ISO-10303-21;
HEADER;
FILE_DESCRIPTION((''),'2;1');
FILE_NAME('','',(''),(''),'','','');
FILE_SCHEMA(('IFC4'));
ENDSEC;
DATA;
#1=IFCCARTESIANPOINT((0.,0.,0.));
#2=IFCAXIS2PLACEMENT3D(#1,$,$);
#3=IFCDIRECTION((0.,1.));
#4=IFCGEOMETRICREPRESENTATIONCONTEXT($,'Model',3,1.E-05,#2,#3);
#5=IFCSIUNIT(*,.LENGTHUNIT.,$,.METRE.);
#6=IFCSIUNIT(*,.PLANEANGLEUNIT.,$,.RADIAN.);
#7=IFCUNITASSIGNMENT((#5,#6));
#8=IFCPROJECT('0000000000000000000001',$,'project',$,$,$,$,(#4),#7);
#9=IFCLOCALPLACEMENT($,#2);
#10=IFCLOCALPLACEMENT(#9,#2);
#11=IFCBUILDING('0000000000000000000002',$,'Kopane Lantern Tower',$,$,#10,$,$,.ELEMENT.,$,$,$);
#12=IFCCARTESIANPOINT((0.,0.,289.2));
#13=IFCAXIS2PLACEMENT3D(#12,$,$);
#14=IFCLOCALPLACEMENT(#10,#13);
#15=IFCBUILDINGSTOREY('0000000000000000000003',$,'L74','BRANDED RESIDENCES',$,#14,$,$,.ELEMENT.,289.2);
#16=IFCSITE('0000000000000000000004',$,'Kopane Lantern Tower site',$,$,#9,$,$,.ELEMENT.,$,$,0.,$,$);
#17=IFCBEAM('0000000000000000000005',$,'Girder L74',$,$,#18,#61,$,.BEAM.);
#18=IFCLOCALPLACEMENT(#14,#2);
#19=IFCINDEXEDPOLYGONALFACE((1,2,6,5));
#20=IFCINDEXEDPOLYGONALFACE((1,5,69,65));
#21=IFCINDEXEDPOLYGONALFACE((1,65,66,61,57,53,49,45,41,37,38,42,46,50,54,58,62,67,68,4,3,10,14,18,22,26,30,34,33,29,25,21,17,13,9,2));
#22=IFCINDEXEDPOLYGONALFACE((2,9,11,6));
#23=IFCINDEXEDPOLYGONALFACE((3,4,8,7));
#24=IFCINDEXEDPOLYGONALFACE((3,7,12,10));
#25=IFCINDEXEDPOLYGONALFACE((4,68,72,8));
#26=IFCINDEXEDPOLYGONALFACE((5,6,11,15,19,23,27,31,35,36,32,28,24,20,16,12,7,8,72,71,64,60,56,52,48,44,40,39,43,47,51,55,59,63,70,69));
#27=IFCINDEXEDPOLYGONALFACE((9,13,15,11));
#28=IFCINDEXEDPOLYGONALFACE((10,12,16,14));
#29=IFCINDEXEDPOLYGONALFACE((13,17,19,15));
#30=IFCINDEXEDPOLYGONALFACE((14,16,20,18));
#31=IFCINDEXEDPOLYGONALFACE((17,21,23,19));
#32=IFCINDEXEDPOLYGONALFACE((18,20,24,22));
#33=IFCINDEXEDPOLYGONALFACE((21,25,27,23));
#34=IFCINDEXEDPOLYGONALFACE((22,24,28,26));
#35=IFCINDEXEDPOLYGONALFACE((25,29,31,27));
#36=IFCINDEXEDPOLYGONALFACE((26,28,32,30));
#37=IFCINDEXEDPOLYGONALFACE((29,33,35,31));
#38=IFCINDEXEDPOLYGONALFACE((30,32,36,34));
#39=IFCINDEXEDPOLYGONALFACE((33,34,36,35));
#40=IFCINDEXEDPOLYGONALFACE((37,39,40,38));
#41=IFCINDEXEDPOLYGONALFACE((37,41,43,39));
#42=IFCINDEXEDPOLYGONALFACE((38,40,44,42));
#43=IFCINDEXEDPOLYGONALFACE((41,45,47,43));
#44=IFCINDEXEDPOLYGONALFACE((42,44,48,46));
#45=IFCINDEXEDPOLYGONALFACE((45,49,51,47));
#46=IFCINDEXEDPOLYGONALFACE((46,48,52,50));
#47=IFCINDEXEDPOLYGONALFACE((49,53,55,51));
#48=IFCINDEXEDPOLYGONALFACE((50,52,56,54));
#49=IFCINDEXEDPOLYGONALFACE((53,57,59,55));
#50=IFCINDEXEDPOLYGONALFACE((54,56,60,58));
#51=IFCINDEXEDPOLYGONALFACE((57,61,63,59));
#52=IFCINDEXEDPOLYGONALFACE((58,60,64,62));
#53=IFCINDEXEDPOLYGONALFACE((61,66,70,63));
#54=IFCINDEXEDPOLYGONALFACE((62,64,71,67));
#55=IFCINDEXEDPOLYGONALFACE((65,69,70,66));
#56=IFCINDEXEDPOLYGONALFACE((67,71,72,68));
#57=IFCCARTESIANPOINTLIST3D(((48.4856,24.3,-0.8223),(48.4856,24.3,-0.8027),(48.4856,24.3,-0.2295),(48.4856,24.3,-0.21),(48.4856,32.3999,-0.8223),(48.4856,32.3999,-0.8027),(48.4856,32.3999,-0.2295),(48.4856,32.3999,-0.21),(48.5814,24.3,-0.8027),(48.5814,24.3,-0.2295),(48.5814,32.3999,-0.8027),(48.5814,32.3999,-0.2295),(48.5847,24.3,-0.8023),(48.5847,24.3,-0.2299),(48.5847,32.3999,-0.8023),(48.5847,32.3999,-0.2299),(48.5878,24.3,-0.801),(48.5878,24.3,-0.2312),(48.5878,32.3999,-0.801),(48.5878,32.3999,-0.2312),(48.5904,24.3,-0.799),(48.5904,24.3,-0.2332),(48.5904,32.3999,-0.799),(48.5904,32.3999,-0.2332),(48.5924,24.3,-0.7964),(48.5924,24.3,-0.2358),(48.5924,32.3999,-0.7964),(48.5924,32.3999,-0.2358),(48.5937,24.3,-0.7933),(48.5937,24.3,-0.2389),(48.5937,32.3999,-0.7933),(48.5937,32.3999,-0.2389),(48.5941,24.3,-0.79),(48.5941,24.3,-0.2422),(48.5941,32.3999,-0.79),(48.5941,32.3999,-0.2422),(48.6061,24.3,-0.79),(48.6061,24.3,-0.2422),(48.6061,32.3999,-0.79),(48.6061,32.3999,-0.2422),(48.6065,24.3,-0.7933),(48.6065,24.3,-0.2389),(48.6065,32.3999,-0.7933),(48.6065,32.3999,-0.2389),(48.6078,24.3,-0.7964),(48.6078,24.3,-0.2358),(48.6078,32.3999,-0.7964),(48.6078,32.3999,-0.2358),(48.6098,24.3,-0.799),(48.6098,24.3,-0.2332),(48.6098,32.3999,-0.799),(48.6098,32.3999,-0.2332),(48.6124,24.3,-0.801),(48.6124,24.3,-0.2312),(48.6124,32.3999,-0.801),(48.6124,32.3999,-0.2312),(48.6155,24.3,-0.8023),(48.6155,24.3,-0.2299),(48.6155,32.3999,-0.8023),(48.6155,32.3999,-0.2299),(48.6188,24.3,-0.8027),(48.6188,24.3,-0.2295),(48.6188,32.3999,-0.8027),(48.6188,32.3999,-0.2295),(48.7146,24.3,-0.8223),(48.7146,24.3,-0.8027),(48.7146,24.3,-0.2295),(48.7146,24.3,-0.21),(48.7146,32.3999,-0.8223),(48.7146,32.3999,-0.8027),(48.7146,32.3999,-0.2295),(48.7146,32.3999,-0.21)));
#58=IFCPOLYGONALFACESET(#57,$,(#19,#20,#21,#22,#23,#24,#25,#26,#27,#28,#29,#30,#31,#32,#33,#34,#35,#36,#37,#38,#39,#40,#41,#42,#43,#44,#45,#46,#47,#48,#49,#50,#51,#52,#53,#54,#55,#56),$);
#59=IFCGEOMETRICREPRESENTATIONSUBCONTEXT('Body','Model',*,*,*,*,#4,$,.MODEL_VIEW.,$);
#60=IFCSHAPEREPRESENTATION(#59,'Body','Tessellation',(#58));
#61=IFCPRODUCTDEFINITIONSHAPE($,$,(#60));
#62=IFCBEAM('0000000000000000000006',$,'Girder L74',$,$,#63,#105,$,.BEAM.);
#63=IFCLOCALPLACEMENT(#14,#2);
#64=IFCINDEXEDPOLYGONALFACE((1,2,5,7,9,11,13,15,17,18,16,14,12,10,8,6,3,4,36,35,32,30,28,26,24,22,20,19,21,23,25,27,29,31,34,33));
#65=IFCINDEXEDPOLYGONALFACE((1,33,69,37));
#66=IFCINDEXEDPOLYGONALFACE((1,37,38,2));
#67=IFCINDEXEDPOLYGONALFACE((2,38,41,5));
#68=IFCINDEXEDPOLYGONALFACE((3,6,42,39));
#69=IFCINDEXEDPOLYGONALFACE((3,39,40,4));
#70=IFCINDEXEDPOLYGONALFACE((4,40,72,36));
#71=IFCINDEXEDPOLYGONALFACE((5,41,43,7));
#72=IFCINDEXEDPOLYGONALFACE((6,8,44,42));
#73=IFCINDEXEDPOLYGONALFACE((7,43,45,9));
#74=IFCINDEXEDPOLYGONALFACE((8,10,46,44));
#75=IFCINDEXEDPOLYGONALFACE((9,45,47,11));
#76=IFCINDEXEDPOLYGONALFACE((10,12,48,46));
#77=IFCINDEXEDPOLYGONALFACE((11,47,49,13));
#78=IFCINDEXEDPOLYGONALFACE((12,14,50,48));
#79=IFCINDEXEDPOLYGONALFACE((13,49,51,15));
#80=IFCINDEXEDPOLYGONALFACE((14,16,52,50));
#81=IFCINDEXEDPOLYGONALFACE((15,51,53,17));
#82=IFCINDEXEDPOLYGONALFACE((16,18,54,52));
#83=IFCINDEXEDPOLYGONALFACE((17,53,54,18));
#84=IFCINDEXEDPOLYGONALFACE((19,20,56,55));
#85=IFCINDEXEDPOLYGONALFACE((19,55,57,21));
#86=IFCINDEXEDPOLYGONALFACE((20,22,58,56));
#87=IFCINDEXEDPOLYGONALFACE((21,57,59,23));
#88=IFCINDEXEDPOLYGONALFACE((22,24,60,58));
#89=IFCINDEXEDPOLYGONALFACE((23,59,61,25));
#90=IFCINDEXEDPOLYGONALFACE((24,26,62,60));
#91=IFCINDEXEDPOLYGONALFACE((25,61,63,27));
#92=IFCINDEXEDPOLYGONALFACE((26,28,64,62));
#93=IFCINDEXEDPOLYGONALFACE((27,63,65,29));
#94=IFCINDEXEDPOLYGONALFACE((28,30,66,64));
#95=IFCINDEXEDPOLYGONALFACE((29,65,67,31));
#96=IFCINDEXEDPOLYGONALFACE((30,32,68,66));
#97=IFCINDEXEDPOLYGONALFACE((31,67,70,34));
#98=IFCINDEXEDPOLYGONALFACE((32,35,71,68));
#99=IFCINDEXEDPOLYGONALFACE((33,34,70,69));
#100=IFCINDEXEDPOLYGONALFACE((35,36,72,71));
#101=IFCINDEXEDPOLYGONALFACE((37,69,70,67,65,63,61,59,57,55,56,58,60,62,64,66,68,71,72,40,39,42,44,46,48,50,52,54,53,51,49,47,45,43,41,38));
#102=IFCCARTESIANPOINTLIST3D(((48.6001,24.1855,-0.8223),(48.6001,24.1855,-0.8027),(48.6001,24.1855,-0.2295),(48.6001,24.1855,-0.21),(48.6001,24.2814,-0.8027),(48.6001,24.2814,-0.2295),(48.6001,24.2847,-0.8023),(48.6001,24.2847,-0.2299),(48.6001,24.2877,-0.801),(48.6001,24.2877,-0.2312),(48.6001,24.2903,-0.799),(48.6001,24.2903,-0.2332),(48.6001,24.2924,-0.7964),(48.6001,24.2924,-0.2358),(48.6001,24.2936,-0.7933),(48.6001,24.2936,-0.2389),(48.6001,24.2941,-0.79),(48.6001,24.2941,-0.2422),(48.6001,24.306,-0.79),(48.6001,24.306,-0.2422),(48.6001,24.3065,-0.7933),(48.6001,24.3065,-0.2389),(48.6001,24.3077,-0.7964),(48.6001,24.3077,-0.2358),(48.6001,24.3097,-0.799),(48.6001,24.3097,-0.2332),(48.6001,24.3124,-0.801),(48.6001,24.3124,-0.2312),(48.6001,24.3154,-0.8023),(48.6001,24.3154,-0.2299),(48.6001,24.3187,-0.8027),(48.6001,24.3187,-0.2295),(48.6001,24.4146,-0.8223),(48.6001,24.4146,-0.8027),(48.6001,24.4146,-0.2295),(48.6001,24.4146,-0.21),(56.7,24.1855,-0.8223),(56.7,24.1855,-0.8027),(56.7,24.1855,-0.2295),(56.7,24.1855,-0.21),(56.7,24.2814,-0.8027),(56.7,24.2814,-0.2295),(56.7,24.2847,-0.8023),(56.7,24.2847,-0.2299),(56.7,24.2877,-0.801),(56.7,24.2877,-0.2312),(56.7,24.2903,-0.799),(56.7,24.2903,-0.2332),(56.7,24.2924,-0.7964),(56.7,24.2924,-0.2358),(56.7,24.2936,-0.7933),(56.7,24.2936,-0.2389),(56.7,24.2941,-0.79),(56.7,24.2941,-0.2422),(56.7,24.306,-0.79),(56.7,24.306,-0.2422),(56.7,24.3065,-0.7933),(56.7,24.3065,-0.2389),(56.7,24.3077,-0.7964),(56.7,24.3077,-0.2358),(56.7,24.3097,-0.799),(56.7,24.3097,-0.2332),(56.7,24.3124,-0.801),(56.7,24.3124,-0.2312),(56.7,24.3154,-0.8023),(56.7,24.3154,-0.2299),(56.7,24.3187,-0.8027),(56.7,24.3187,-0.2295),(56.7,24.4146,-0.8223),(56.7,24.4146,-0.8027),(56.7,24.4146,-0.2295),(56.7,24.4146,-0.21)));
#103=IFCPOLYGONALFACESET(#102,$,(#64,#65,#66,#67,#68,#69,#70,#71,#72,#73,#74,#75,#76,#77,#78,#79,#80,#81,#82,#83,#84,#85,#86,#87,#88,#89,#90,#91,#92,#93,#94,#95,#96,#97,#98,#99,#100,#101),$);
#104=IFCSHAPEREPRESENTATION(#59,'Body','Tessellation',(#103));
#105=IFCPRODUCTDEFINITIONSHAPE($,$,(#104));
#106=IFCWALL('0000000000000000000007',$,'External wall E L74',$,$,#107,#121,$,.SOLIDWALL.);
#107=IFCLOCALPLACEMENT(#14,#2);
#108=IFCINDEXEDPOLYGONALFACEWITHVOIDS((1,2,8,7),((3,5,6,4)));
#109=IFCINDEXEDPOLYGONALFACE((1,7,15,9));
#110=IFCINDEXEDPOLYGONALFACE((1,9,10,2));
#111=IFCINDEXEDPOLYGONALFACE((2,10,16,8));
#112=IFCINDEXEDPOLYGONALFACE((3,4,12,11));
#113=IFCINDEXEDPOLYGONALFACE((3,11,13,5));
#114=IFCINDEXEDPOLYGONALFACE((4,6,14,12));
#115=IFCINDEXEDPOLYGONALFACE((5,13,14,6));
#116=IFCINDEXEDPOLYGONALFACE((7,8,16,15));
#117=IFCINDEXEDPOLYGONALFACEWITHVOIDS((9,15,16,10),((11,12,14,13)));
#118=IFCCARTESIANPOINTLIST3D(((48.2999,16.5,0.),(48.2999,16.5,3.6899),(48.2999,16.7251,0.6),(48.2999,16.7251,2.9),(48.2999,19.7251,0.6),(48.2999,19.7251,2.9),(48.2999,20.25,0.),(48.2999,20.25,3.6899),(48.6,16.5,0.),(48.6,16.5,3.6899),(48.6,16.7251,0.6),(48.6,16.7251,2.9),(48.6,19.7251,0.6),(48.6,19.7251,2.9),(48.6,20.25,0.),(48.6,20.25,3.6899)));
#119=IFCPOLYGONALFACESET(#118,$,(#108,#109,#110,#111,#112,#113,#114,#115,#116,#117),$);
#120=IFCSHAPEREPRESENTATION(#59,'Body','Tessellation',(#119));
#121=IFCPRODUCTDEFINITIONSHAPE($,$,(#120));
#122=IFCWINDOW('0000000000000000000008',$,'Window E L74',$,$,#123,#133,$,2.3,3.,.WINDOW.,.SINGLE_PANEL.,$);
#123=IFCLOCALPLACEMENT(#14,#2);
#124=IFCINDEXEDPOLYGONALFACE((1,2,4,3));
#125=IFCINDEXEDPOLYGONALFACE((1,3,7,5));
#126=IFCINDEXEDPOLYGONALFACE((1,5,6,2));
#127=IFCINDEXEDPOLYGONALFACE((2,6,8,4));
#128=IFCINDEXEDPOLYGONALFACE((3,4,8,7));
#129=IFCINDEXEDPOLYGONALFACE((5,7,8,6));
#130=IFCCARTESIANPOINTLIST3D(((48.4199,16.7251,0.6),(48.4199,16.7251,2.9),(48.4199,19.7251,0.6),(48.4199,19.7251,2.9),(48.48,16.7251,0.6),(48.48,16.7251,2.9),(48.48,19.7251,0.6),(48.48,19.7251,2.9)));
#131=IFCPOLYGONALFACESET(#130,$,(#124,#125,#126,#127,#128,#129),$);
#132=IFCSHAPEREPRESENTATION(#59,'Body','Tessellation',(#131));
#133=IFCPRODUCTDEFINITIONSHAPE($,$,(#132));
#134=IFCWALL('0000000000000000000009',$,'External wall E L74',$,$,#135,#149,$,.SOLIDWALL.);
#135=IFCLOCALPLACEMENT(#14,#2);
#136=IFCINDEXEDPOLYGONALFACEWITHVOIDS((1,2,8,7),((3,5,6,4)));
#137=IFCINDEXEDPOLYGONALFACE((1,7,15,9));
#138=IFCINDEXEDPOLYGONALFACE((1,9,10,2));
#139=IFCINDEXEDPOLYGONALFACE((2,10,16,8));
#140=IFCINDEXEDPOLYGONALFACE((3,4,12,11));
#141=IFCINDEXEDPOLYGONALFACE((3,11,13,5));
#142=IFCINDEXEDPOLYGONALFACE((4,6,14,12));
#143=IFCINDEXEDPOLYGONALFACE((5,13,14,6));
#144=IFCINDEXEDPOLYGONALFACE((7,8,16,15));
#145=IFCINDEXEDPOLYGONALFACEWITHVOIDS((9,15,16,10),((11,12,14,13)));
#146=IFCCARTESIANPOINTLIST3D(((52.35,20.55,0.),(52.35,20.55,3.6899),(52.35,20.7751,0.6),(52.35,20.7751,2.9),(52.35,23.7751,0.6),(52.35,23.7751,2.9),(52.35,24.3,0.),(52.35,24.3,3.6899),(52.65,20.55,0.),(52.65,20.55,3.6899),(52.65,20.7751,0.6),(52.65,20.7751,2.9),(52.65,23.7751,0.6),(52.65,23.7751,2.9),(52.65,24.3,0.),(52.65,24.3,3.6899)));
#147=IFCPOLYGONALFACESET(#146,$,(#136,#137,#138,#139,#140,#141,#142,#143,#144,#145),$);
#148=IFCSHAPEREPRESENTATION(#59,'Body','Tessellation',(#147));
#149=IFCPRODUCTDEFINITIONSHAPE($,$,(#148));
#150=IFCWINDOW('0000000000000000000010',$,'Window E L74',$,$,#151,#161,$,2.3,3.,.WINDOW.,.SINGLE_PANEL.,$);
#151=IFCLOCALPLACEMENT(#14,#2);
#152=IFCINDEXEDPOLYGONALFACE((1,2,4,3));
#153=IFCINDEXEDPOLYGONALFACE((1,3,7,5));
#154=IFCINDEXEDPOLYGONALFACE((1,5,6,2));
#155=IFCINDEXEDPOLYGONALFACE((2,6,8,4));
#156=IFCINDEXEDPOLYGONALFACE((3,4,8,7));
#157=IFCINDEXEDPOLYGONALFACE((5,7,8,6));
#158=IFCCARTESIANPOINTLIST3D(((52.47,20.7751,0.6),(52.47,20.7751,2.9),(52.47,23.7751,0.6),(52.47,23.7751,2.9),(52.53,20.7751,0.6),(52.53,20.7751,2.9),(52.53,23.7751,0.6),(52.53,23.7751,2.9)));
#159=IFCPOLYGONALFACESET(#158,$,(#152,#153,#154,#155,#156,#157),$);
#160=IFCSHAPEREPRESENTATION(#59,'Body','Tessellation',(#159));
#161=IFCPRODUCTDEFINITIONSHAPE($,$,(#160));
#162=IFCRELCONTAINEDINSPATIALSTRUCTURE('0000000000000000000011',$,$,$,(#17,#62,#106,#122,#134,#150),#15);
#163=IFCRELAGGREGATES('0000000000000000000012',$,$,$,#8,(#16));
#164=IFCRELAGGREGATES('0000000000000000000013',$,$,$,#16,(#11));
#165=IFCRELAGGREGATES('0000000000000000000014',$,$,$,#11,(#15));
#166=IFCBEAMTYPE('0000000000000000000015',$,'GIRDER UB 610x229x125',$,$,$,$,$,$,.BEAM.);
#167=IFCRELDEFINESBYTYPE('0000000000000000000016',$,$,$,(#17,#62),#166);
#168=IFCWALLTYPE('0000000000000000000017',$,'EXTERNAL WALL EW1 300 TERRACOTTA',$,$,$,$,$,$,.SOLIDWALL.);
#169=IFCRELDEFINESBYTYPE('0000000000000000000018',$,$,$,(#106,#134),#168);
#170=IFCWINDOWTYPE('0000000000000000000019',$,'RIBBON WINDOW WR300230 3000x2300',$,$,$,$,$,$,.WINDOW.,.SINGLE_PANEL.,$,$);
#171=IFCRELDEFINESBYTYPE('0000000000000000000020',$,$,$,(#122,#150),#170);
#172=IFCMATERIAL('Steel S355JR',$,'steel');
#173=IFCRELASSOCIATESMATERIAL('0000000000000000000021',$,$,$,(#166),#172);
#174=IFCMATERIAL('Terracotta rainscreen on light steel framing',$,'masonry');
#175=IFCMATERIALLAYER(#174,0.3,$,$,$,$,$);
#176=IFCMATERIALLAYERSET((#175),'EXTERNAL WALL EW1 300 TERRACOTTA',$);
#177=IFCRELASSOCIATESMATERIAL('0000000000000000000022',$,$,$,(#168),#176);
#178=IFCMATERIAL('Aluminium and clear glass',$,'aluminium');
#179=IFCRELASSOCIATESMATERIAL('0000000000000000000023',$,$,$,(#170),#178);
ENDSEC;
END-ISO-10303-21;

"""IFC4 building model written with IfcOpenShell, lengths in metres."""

from ifc_helpers import new_model, si_unit, direction, frame, frame_2d, origin, origin_2d, place, context, subcontext, project, spatial, rectangle, i_section, extrude, material, layer, layer_set, material_profile, profile_set, type_object, element, fill, save


model = new_model("IFC4")

# Units and contexts
model_context = context("Model", 3, precision=1e-05, world=origin(), true_north=direction((0.0, 1.0)))
body_context = subcontext(model_context, "Body", "Model", "MODEL_VIEW")
ifc_project = project(units=[si_unit("LENGTHUNIT", "METRE"), si_unit("PLANEANGLEUNIT", "RADIAN")], contexts=[model_context])

# Site, building, storey
site_placement = place(None, origin())
site = spatial("IfcSite", under=ifc_project, at=site_placement, Name="Kopane Lantern Tower site", CompositionType="ELEMENT", RefElevation=0.0)
building_placement = place(site_placement, origin())
building = spatial("IfcBuilding", under=site, at=building_placement, Name="Kopane Lantern Tower", CompositionType="ELEMENT")
storey_placement = place(building_placement, frame((0.0, 0.0, 289.2)))
storey = spatial("IfcBuildingStorey", under=building, at=storey_placement, Name="L74", Description="BRANDED RESIDENCES", CompositionType="ELEMENT", Elevation=289.2)

# Beams
ifc_material_1 = material(Name="Steel S355JR", Category="steel")
ifc_material_profile_1 = material_profile(ifc_material_1, i_section(OverallWidth=0.229, OverallDepth=0.6123, WebThickness=0.012, FlangeThickness=0.0195, FilletRadius=0.0127, at=origin_2d()), Name="UB 610x229x125")
ifc_profile_set_1 = profile_set([ifc_material_profile_1], Name="Steel S355JR")
beam_type_1 = type_object("IfcBeamType", Name="GIRDER UB 610x229x125", PredefinedType="BEAM", material=ifc_profile_set_1)
for number, where, z_axis, x_axis, name in (
    (1, (48.6001, 24.3, -0.5161), (0.0, 1.0, 0.0), (-1.0, 0.0, 0.0), "Girder L74"),
    (2, (48.6001, 24.3, -0.5161), (1.0, 0.0, 0.0), (0.0, 1.0, 0.0), "Girder L74"),
):
    element("IfcBeam", number, at=place(storey_placement, frame(where, z_axis=z_axis, x_axis=x_axis)), inside=storey, type_object=beam_type_1, Name=name, PredefinedType="BEAM", context=body_context, shape_type="SweptSolid", body=[
        extrude(i_section(OverallWidth=0.229, OverallDepth=0.6123, WebThickness=0.012, FlangeThickness=0.0195, FilletRadius=0.0127, at=origin_2d()), origin(), (0.0, 0.0, 1.0), 8.0999),
    ])

# Walls, openings, windows
ifc_material_2 = material(Name="Terracotta rainscreen on light steel framing", Category="masonry")
ifc_layer = layer(ifc_material_2, 0.3)
ifc_layer_set = layer_set([ifc_layer], Name="EXTERNAL WALL EW1 300 TERRACOTTA")
wall_type = type_object("IfcWallType", Name="EXTERNAL WALL EW1 300 TERRACOTTA", PredefinedType="SOLIDWALL", material=ifc_layer_set)
wall_1_placement = place(storey_placement, frame((48.45, 16.5, 0.0), z_axis=(0.0, 0.0, 1.0), x_axis=(0.0, 1.0, 0.0)))
wall_1 = element("IfcWall", 3, at=wall_1_placement, inside=storey, type_object=wall_type, Name="External wall E L74", PredefinedType="SOLIDWALL", context=body_context, shape_type="SweptSolid", body=[
    extrude(rectangle(XDim=3.75, YDim=0.3, at=frame_2d((1.875, 0.0))), origin(), (0.0, 0.0, 1.0), 3.6899),
])
opening_1_placement = place(wall_1_placement, frame((0.2251, 0.0, 0.6001)))
opening_1 = element("IfcOpeningElement", 4, at=opening_1_placement, cuts=wall_1, PredefinedType="OPENING", context=body_context, shape_type="SweptSolid", body=[
    extrude(rectangle(XDim=3.0, YDim=2.3, at=frame_2d((1.5, 1.1499))), frame((0.0, 0.1599, 0.0), z_axis=(0.0, -1.0, 0.0), x_axis=(1.0, 0.0, 0.0)), (0.0, 0.0, 1.0), 0.3201),
])
ifc_material_3 = material(Name="Aluminium and clear glass", Category="aluminium")
window_type = type_object("IfcWindowType", Name="RIBBON WINDOW WR300230 3000x2300", PartitioningType="SINGLE_PANEL", PredefinedType="WINDOW", material=ifc_material_3)
window_1_placement = place(opening_1_placement, origin())
window_1 = element("IfcWindow", 5, at=window_1_placement, inside=storey, type_object=window_type, Name="Window E L74", OverallHeight=2.3, OverallWidth=3.0, PartitioningType="SINGLE_PANEL", PredefinedType="WINDOW", context=body_context, shape_type="SweptSolid", body=[
    extrude(rectangle(XDim=3.0, YDim=2.3, at=frame_2d((1.5, 1.1499))), frame((0.0, 0.03, 0.0), z_axis=(0.0, -1.0, 0.0), x_axis=(1.0, 0.0, 0.0)), (0.0, 0.0, 1.0), 0.0601),
])
fill(opening_1, window_1)
wall_2_placement = place(storey_placement, frame((52.5, 20.55, 0.0), z_axis=(0.0, 0.0, 1.0), x_axis=(0.0, 1.0, 0.0)))
wall_2 = element("IfcWall", 6, at=wall_2_placement, inside=storey, type_object=wall_type, Name="External wall E L74", PredefinedType="SOLIDWALL", context=body_context, shape_type="SweptSolid", body=[
    extrude(rectangle(XDim=3.75, YDim=0.3, at=frame_2d((1.875, 0.0))), origin(), (0.0, 0.0, 1.0), 3.6899),
])
opening_2_placement = place(wall_2_placement, frame((0.2251, 0.0, 0.6001)))
opening_2 = element("IfcOpeningElement", 7, at=opening_2_placement, cuts=wall_2, PredefinedType="OPENING", context=body_context, shape_type="SweptSolid", body=[
    extrude(rectangle(XDim=3.0, YDim=2.3, at=frame_2d((1.5, 1.1499))), frame((0.0, 0.1599, 0.0), z_axis=(0.0, -1.0, 0.0), x_axis=(1.0, 0.0, 0.0)), (0.0, 0.0, 1.0), 0.3201),
])
window_2_placement = place(opening_2_placement, origin())
window_2 = element("IfcWindow", 8, at=window_2_placement, inside=storey, type_object=window_type, Name="Window E L74", OverallHeight=2.3, OverallWidth=3.0, PartitioningType="SINGLE_PANEL", PredefinedType="WINDOW", context=body_context, shape_type="SweptSolid", body=[
    extrude(rectangle(XDim=3.0, YDim=2.3, at=frame_2d((1.5, 1.1499))), frame((0.0, 0.03, 0.0), z_axis=(0.0, -1.0, 0.0), x_axis=(1.0, 0.0, 0.0)), (0.0, 0.0, 1.0), 0.0601),
])
fill(opening_2, window_2)

save(model, "model.ifc")
